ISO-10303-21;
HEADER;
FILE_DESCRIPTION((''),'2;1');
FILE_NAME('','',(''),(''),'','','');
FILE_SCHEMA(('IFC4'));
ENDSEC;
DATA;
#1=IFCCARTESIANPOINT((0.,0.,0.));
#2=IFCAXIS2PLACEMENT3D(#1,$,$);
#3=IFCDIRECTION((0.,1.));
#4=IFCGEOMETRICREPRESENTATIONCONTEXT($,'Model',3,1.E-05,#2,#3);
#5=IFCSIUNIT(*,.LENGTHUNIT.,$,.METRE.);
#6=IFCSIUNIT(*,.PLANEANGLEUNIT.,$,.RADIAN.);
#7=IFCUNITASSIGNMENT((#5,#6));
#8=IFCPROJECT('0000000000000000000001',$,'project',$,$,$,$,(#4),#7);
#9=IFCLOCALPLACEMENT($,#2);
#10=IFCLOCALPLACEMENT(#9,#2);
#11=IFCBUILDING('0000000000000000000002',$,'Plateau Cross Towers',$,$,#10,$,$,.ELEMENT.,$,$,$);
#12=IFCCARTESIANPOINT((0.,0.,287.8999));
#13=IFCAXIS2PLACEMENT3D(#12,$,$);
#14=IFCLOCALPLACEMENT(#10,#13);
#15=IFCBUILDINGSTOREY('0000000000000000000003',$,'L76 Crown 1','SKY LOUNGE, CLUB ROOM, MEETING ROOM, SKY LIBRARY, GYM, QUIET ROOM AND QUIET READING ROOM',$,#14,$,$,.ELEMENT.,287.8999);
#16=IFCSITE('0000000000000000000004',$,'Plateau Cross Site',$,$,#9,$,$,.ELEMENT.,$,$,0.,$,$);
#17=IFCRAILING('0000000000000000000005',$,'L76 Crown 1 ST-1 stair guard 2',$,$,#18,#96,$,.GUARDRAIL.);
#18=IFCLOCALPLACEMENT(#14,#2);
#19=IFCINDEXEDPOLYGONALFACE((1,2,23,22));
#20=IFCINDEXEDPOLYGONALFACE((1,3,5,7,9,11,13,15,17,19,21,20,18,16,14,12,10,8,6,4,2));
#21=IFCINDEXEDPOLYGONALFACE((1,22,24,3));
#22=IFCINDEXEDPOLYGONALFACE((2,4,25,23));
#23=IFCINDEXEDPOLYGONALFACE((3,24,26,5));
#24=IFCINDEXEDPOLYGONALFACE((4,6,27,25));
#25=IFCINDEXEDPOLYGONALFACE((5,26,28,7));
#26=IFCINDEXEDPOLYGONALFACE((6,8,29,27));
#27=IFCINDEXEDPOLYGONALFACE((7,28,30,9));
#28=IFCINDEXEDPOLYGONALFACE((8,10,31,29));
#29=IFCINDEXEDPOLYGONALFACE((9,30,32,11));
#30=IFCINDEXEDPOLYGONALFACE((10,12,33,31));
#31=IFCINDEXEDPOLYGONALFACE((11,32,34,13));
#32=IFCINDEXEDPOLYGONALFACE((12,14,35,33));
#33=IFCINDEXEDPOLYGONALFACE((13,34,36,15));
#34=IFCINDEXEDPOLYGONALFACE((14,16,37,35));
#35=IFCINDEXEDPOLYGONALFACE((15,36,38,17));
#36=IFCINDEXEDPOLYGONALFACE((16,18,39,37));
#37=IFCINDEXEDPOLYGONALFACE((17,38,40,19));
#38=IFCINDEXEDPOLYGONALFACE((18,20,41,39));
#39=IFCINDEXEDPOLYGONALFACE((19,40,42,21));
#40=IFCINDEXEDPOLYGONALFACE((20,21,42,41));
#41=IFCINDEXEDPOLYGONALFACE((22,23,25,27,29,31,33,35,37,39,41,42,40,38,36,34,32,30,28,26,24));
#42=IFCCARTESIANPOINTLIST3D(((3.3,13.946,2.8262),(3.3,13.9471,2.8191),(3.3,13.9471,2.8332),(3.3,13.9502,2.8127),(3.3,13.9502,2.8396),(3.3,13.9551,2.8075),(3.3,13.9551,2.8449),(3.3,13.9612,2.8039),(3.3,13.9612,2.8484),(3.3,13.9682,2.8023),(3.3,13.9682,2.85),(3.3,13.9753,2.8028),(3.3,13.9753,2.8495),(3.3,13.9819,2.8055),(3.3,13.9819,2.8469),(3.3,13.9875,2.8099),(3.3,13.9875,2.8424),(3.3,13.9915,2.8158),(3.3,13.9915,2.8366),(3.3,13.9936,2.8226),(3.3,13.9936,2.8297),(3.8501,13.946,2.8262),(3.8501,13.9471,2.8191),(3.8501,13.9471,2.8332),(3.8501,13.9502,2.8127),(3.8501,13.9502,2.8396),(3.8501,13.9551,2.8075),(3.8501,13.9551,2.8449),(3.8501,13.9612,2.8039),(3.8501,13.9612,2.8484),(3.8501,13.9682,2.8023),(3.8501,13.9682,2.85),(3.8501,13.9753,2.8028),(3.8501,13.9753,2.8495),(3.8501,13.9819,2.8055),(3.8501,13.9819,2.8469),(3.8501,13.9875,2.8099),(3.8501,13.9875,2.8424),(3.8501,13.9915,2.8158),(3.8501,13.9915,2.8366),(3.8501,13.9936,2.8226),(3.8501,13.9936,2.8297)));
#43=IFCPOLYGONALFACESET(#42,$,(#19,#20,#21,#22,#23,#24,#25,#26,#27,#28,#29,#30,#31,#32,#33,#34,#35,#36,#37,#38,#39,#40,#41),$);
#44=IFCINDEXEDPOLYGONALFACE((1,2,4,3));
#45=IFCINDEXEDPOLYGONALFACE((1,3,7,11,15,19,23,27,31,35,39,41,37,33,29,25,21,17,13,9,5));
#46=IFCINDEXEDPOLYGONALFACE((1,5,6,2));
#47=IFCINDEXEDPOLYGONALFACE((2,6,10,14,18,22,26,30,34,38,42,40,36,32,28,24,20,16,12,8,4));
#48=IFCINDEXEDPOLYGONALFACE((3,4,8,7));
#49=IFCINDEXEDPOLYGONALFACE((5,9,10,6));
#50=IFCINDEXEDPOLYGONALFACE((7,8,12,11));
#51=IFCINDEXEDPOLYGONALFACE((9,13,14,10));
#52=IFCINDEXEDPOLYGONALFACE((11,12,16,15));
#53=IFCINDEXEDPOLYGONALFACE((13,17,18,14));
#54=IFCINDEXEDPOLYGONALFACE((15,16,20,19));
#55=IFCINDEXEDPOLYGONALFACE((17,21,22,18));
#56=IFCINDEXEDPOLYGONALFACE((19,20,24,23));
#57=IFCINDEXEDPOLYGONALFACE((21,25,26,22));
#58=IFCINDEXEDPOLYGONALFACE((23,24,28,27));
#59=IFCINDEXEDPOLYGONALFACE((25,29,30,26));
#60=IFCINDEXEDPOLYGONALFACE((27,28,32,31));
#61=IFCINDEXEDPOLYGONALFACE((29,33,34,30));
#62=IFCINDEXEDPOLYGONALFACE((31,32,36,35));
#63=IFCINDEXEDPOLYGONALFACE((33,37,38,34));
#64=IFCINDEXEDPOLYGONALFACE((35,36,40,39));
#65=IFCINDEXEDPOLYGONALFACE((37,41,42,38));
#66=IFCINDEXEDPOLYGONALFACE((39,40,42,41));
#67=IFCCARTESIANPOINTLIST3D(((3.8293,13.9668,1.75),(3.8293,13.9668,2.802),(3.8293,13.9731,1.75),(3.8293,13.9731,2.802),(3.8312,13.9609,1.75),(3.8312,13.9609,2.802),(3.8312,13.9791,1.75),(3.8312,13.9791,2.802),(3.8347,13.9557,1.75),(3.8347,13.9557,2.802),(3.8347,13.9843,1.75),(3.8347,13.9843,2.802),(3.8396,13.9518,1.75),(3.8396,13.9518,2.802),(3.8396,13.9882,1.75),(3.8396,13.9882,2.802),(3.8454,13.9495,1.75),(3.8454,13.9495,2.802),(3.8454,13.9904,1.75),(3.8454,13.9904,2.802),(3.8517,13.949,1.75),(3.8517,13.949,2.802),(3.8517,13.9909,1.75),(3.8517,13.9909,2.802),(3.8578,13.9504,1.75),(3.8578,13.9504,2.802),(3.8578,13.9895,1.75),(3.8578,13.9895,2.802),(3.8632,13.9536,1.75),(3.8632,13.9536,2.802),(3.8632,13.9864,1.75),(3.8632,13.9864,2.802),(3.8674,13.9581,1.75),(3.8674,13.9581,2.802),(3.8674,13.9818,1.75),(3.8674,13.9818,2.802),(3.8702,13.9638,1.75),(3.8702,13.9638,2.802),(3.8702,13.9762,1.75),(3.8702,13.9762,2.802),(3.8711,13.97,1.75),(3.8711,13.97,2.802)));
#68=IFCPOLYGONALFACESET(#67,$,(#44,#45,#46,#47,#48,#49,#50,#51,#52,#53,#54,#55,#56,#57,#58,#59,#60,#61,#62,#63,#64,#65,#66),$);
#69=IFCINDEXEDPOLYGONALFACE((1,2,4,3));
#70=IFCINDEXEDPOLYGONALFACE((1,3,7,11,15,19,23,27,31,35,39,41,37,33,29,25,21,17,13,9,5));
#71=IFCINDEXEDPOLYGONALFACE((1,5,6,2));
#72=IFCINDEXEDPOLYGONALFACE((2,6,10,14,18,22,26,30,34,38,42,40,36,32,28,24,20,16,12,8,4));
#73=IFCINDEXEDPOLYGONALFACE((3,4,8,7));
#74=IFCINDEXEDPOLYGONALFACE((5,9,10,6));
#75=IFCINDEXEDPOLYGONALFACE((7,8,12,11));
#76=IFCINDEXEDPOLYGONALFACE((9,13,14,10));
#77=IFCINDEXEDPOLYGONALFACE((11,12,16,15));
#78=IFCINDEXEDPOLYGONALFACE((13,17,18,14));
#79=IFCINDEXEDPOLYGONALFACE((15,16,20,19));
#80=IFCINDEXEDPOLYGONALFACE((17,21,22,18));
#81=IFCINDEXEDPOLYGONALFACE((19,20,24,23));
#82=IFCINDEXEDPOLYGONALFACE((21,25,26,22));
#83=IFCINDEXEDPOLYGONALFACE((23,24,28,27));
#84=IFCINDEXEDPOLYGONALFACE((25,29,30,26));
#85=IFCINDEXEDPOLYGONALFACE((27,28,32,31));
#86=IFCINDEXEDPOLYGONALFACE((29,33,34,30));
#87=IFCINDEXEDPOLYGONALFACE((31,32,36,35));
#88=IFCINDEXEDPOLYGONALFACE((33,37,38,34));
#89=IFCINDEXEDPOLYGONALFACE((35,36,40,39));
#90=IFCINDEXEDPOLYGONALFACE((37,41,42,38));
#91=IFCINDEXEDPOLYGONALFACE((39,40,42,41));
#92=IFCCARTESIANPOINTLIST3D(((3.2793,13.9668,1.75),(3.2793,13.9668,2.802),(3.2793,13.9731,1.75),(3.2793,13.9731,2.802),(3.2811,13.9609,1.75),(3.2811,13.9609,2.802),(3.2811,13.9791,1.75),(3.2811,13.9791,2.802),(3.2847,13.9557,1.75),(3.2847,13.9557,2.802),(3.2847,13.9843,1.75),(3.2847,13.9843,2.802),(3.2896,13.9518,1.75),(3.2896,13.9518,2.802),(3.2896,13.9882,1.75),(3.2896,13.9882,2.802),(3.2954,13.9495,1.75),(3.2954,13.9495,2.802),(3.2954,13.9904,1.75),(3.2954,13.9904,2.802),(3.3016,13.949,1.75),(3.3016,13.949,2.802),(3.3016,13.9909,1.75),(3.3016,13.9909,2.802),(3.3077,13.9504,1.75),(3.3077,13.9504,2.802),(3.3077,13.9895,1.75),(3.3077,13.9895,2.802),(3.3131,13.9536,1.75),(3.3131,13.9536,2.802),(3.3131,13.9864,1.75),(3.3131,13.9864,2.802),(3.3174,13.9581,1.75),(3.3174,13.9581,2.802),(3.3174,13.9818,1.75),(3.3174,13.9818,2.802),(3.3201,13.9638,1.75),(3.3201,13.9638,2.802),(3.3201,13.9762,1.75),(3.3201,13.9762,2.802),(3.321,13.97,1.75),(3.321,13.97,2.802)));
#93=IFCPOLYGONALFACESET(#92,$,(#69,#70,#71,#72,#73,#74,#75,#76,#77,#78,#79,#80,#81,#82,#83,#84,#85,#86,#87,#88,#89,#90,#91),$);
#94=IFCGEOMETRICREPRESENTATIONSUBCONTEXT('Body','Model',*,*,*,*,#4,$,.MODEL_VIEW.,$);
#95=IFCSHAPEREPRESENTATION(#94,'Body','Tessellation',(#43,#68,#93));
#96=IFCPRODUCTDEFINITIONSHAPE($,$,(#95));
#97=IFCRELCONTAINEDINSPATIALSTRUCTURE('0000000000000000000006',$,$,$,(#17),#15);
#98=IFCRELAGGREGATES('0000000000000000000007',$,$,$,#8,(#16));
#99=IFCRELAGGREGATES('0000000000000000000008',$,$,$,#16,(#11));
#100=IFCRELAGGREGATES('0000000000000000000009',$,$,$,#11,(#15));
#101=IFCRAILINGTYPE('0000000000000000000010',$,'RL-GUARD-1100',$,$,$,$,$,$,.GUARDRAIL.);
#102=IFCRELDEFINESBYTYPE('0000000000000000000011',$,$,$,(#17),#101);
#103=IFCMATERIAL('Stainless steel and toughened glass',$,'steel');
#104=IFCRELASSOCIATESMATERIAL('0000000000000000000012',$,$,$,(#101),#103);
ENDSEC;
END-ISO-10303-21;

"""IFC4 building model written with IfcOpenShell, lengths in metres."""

from ifc_helpers import new_model, si_unit, direction, frame, origin, origin_2d, place, context, subcontext, project, spatial, circle, extrude, material, type_object, element, save


model = new_model("IFC4")

# Units and contexts
model_context = context("Model", 3, precision=1e-05, world=origin(), true_north=direction((0.0, 1.0)))
body_context = subcontext(model_context, "Body", "Model", "MODEL_VIEW")
ifc_project = project(units=[si_unit("LENGTHUNIT", "METRE"), si_unit("PLANEANGLEUNIT", "RADIAN")], contexts=[model_context])

# Site, building, storey
site_placement = place(None, origin())
site = spatial("IfcSite", under=ifc_project, at=site_placement, Name="Plateau Cross Site", CompositionType="ELEMENT", RefElevation=0.0)
building_placement = place(site_placement, origin())
building = spatial("IfcBuilding", under=site, at=building_placement, Name="Plateau Cross Towers", CompositionType="ELEMENT")
storey_placement = place(building_placement, frame((0.0, 0.0, 287.8999)))
storey = spatial("IfcBuildingStorey", under=building, at=storey_placement, Name="L76 Crown 1", Description="SKY LOUNGE, CLUB ROOM, MEETING ROOM, SKY LIBRARY, GYM, QUIET ROOM AND QUIET READING ROOM", CompositionType="ELEMENT", Elevation=287.8999)

# Railing
ifc_material_1 = material(Name="Stainless steel and toughened glass", Category="steel")
railing_type_1 = type_object("IfcRailingType", Name="RL-GUARD-1100", PredefinedType="GUARDRAIL", material=ifc_material_1)
railing_1_placement = place(storey_placement, frame((3.8501, 13.97, 1.75)))
element("IfcRailing", 1, at=railing_1_placement, inside=storey, type_object=railing_type_1, Name="L76 Crown 1 ST-1 stair guard 2", PredefinedType="GUARDRAIL", context=body_context, shape_type="SweptSolid", body=[
    extrude(circle(Radius=0.0239, at=origin_2d()), frame((0.0, 0.0, 1.0762), z_axis=(-1.0, 0.0, 0.0), x_axis=(0.0, -1.0, 0.0)), (0.0, 0.0, 1.0), 0.55),
    extrude(circle(Radius=0.021, at=origin_2d()), origin(), (0.0, 0.0, 1.0), 1.052),
    extrude(circle(Radius=0.021, at=origin_2d()), frame((-0.55, 0.0, 0.0)), (0.0, 0.0, 1.0), 1.052),
])

save(model, "model.ifc")
